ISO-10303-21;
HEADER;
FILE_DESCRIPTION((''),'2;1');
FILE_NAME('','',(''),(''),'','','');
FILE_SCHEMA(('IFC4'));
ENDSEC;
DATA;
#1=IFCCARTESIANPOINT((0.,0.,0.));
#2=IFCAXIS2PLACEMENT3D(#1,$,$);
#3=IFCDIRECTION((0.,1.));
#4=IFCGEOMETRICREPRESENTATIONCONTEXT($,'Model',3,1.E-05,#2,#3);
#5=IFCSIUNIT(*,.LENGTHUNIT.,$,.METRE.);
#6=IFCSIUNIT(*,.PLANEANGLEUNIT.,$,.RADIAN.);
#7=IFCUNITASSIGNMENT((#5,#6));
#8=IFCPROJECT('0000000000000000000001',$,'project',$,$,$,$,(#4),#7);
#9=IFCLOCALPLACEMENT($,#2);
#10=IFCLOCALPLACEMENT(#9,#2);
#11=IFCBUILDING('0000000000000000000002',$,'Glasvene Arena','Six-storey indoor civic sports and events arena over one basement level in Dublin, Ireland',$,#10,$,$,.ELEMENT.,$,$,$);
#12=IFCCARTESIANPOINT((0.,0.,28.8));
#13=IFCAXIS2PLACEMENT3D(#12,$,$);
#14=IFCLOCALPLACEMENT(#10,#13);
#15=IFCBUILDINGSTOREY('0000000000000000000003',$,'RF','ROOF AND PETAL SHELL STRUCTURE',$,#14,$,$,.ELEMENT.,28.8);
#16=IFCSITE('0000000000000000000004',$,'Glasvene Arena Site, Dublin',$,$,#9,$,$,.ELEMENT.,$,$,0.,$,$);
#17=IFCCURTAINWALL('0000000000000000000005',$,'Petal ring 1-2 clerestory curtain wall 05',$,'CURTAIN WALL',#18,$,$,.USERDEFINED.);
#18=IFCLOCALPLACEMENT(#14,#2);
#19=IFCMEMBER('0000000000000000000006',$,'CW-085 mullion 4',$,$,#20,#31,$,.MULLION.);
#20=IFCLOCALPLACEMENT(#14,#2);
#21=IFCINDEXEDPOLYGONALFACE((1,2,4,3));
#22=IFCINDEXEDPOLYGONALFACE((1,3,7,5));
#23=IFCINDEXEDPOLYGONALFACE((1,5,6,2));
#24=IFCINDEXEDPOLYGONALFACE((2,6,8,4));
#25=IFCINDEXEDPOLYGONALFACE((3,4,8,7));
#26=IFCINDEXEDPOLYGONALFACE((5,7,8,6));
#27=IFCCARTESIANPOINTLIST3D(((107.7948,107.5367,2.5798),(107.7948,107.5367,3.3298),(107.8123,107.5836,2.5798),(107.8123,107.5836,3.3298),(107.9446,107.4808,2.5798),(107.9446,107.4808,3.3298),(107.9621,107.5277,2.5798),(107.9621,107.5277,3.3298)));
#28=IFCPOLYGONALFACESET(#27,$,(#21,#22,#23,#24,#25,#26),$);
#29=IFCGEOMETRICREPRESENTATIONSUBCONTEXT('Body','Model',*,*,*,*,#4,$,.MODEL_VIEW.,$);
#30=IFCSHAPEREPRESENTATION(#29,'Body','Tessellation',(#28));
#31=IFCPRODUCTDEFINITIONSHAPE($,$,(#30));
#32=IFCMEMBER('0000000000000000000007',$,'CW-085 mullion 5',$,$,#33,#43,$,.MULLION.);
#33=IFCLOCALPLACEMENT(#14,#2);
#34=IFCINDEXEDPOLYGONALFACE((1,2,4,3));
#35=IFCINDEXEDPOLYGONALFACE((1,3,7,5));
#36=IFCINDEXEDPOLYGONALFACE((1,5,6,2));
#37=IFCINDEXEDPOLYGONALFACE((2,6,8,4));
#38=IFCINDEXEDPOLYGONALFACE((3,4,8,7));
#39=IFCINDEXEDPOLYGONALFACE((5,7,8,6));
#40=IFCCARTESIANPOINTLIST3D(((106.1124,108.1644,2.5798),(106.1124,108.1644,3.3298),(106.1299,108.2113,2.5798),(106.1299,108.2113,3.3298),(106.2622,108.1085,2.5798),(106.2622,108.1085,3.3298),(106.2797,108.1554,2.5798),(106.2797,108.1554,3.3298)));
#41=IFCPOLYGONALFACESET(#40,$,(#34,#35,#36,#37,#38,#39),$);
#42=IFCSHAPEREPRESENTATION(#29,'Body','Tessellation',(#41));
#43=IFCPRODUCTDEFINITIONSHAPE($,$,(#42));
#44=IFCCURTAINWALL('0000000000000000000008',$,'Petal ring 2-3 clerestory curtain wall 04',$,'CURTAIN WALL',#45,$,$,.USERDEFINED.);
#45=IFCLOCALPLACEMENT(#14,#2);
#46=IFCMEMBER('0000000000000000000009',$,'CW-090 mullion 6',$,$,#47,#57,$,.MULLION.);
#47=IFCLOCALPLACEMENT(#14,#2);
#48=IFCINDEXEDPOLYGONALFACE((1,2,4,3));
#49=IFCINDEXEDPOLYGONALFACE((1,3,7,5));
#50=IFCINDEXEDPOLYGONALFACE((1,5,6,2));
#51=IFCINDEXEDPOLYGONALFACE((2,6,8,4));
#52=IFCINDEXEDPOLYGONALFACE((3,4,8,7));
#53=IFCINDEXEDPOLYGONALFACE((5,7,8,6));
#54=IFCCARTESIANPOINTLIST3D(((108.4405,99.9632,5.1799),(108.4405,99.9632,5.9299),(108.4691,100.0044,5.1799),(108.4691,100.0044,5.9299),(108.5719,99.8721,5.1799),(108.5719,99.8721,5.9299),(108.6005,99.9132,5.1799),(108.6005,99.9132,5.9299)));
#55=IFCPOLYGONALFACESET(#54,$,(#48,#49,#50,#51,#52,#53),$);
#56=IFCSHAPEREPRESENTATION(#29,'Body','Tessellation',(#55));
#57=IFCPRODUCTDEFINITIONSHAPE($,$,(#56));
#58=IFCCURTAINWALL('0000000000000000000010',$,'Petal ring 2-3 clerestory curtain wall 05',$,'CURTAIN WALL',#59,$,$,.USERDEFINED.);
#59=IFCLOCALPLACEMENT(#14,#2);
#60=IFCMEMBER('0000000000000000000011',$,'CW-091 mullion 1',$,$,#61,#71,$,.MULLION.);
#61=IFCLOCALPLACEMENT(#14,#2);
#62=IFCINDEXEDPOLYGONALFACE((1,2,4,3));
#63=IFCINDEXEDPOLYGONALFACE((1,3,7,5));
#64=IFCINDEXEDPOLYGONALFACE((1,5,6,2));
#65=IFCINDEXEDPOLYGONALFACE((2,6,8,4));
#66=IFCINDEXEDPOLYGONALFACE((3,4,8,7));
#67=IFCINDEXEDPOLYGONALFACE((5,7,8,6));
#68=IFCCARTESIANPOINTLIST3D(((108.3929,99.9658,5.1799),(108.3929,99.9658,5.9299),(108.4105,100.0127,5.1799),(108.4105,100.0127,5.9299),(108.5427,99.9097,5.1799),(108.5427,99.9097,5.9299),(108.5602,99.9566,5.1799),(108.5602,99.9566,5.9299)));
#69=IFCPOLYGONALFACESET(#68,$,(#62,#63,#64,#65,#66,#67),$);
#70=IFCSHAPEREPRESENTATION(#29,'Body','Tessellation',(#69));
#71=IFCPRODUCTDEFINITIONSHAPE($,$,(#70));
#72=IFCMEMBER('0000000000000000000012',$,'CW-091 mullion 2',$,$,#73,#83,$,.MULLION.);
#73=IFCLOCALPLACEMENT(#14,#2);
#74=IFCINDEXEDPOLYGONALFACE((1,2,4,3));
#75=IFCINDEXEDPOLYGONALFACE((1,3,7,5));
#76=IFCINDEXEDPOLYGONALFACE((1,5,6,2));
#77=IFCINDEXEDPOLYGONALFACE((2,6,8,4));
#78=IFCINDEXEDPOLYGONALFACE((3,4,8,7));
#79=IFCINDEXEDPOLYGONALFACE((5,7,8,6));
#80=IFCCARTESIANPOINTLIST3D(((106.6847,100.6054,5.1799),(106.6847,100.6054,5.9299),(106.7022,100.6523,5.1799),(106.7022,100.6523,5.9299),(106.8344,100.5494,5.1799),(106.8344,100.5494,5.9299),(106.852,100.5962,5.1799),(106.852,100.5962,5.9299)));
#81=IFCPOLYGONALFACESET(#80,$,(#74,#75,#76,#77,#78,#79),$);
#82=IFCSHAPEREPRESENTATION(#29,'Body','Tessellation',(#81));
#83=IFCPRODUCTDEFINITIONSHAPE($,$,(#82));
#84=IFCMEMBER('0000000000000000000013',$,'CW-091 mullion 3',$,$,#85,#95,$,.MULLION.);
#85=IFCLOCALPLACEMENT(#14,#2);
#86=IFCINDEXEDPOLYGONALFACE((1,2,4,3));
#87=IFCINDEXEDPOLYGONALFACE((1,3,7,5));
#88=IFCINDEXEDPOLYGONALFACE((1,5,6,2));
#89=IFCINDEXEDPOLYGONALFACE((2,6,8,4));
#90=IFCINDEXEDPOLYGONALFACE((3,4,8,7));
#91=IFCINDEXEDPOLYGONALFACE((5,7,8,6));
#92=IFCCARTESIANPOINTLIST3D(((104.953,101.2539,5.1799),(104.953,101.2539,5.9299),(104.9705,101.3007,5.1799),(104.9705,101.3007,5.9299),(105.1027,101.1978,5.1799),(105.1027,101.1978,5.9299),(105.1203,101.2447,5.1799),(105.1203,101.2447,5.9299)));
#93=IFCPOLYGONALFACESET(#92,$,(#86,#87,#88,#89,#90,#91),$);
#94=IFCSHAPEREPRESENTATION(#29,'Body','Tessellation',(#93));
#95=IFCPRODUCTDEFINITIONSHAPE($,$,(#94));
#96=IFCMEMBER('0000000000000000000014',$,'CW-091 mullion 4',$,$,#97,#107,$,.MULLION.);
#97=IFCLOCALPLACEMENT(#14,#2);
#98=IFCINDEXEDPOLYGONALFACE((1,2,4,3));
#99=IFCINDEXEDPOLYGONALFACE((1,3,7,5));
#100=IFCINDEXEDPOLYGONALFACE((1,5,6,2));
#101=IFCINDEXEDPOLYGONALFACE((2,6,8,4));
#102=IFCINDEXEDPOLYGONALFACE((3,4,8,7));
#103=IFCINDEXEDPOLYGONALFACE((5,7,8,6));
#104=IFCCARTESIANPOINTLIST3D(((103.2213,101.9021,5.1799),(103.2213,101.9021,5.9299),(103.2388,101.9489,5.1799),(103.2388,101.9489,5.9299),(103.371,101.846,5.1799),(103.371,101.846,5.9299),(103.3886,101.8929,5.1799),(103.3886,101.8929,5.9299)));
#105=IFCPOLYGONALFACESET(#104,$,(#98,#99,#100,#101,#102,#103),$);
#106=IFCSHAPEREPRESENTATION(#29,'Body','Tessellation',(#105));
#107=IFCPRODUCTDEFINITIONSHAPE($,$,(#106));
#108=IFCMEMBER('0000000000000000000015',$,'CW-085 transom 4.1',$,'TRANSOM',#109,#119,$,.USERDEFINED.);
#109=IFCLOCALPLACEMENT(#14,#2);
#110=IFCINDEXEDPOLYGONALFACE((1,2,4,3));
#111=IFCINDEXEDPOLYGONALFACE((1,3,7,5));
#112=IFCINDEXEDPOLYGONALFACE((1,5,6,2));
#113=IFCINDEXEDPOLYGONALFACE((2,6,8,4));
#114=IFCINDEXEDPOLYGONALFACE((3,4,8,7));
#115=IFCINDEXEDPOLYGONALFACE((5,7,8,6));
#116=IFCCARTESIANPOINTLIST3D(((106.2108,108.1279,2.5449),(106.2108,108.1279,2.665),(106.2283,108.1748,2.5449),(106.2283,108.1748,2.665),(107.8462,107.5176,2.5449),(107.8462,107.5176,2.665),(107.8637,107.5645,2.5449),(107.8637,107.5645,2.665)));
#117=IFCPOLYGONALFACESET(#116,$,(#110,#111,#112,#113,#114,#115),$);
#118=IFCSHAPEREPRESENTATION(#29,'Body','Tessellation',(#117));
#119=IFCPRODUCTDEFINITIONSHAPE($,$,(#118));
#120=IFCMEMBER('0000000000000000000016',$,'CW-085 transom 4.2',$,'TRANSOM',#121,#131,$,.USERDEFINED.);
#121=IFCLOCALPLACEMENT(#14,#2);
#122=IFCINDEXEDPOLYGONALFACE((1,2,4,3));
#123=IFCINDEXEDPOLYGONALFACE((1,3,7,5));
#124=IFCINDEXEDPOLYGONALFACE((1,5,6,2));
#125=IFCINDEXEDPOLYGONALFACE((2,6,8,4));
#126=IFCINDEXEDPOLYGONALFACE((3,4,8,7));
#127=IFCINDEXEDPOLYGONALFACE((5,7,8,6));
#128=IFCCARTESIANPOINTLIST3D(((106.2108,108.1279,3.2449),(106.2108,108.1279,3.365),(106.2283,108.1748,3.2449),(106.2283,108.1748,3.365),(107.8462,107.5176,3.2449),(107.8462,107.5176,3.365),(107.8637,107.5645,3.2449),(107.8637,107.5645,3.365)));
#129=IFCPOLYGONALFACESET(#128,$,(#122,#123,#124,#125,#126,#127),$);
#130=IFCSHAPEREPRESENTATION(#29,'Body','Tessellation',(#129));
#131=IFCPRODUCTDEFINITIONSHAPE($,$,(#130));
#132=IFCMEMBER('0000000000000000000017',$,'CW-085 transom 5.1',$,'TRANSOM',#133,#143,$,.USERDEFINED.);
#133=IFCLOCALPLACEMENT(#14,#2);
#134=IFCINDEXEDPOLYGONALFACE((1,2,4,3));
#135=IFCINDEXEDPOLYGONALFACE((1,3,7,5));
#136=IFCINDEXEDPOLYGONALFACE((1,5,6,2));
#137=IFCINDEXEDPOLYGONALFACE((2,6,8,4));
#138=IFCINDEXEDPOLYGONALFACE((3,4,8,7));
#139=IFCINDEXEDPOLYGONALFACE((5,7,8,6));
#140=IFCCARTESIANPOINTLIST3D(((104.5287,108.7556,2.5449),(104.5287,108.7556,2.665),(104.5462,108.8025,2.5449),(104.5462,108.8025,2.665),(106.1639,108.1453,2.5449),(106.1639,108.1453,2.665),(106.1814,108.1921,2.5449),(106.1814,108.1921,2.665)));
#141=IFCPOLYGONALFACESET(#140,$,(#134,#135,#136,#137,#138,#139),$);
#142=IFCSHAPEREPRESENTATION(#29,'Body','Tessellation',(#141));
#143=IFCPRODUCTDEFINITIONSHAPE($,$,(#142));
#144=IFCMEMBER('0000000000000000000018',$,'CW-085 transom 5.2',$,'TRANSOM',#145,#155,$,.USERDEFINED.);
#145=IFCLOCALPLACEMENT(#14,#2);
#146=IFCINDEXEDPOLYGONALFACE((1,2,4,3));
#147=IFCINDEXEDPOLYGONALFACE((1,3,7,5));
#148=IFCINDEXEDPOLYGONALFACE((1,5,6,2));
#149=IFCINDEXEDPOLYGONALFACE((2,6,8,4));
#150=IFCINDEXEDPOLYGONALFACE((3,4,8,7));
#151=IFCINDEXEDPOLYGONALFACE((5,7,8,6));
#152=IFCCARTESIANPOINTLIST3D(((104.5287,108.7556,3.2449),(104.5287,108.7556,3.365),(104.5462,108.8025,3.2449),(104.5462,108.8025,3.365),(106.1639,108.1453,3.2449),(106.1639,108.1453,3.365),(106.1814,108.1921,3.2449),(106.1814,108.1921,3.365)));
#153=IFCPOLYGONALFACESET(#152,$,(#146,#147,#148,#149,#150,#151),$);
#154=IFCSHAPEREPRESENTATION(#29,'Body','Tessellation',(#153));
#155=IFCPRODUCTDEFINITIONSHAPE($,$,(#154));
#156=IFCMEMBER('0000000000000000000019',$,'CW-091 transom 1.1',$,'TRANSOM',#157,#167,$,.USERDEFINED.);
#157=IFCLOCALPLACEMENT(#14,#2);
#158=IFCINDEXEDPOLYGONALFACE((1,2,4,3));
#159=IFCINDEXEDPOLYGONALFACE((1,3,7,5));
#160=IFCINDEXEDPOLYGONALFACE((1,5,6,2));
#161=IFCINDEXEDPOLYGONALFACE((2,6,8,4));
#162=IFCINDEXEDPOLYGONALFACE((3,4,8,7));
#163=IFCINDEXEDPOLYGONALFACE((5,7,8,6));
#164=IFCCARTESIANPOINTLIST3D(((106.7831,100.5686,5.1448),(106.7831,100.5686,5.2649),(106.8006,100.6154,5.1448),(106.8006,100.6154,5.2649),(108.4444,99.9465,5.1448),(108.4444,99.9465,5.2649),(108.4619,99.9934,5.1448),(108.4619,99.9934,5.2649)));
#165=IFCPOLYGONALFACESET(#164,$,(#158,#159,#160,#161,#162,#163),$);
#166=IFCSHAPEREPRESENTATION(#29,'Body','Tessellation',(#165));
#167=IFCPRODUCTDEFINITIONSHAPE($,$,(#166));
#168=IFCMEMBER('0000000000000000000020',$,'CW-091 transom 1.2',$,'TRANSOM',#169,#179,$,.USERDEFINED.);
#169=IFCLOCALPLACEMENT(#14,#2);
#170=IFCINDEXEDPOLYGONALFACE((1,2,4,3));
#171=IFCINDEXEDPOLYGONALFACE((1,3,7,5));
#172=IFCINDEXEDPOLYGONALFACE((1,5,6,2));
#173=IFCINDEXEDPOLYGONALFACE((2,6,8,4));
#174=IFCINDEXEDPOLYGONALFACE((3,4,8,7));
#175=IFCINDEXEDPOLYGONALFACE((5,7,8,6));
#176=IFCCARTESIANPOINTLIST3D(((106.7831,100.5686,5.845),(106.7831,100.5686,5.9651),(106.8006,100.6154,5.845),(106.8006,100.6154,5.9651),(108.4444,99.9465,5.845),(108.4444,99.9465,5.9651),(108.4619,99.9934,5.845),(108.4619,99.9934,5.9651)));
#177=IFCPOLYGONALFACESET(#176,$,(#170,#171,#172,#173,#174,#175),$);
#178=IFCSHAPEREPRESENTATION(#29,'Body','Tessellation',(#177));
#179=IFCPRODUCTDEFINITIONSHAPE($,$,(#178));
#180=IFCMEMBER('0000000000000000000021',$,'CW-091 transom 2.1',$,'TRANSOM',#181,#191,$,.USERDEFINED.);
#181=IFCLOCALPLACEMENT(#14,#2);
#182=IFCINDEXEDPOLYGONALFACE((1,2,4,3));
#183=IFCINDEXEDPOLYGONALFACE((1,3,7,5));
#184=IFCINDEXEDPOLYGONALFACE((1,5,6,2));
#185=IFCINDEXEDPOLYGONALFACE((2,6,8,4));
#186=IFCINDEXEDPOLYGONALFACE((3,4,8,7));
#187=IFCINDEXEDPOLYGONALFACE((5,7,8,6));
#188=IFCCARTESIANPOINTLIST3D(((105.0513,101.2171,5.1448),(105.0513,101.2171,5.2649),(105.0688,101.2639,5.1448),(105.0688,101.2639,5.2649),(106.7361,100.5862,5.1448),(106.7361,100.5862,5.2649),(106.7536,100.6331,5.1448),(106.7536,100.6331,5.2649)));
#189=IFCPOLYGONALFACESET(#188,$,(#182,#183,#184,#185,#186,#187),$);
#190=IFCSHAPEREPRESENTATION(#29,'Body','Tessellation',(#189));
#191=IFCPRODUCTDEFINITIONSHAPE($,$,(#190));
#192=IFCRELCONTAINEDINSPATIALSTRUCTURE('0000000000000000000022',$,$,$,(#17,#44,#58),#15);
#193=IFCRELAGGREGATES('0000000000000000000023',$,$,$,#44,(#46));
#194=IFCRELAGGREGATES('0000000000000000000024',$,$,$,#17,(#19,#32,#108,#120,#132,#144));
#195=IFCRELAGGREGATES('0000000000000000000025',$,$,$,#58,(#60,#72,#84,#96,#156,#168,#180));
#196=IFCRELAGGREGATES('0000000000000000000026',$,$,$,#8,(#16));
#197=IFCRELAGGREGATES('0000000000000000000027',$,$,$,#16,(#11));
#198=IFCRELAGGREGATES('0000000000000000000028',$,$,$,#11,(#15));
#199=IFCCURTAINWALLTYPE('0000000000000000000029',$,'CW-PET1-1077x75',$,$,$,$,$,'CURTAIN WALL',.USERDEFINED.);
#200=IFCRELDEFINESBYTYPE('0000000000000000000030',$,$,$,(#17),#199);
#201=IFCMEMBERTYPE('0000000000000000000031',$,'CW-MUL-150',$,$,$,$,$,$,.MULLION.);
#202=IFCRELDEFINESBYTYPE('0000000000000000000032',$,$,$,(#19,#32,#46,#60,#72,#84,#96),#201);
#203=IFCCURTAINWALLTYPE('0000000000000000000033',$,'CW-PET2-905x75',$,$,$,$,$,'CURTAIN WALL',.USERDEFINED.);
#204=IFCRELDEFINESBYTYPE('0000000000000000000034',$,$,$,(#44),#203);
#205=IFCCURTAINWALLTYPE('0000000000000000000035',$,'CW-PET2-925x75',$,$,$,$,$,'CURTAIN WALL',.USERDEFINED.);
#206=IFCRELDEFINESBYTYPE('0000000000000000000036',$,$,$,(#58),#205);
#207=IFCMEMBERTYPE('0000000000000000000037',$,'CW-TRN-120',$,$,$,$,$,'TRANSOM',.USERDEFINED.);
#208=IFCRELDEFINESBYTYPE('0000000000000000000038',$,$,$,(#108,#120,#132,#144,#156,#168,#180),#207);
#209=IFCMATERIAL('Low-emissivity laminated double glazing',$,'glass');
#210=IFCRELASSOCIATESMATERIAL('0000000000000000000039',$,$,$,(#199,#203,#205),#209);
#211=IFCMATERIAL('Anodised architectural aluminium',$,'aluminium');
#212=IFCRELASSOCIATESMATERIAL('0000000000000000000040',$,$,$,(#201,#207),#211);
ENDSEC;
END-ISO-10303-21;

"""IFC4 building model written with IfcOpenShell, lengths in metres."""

from ifc_helpers import new_model, si_unit, direction, frame, origin, origin_2d, place, context, subcontext, project, spatial, rectangle, extrude, material, material_profile, profile_set, type_object, element, aggregate, save


model = new_model("IFC4")

# Units and contexts
model_context = context("Model", 3, precision=1e-05, world=origin(), true_north=direction((0.0, 1.0)))
body_context = subcontext(model_context, "Body", "Model", "MODEL_VIEW")
ifc_project = project(units=[si_unit("LENGTHUNIT", "METRE"), si_unit("PLANEANGLEUNIT", "RADIAN")], contexts=[model_context])

# Site, building, storey
site_placement = place(None, origin())
site = spatial("IfcSite", under=ifc_project, at=site_placement, Name="Glasvene Arena Site, Dublin", CompositionType="ELEMENT", RefElevation=0.0)
building_placement = place(site_placement, origin())
building = spatial("IfcBuilding", under=site, at=building_placement, Name="Glasvene Arena", Description="Six-storey indoor civic sports and events arena over one basement level in Dublin, Ireland", CompositionType="ELEMENT")
storey_placement = place(building_placement, frame((0.0, 0.0, 28.8)))
storey = spatial("IfcBuildingStorey", under=building, at=storey_placement, Name="RF", Description="ROOF AND PETAL SHELL STRUCTURE", CompositionType="ELEMENT", Elevation=28.8)

# Curtain wall, members
ifc_material_1 = material(Name="Low-emissivity laminated double glazing", Category="glass")
curtain_wall_type_1 = type_object("IfcCurtainWallType", Name="CW-PET1-1077x75", ElementType="CURTAIN WALL", PredefinedType="USERDEFINED", material=ifc_material_1)
curtain_wall_1_placement = place(storey_placement, frame((112.925, 105.6492, 0.0)))
curtain_wall_1 = element("IfcCurtainWall", 1, at=curtain_wall_1_placement, inside=storey, type_object=curtain_wall_type_1, Name="Petal ring 1-2 clerestory curtain wall 05", ObjectType="CURTAIN WALL", PredefinedType="USERDEFINED")
ifc_material_2 = material(Name="Anodised architectural aluminium", Category="aluminium")
ifc_material_profile_1 = material_profile(ifc_material_2, rectangle(XDim=0.05, YDim=0.1599, at=origin_2d()), Name="ALU MULLION 50x160")
ifc_profile_set_1 = profile_set([ifc_material_profile_1], Name="Anodised architectural aluminium")
member_type_1 = type_object("IfcMemberType", Name="CW-MUL-150", PredefinedType="MULLION", material=ifc_profile_set_1)
member_1_placement = place(storey_placement, frame((107.8784, 107.5322, 2.5798), z_axis=(0.0, 0.0, 1.0), x_axis=(-0.349591, -0.936902, 0.0)))
member_1 = element("IfcMember", 2, at=member_1_placement, type_object=member_type_1, Name="CW-085 mullion 4", PredefinedType="MULLION", context=body_context, shape_type="SweptSolid", body=[
    extrude(rectangle(XDim=0.05, YDim=0.1599, at=origin_2d()), origin(), (0.0, 0.0, 1.0), 0.75),
])
member_2_placement = place(storey_placement, frame((106.196, 108.1599, 2.5798), z_axis=(0.0, 0.0, 1.0), x_axis=(-0.349591, -0.936902, 0.0)))
member_2 = element("IfcMember", 3, at=member_2_placement, type_object=member_type_1, Name="CW-085 mullion 5", PredefinedType="MULLION", context=body_context, shape_type="SweptSolid", body=[
    extrude(rectangle(XDim=0.05, YDim=0.1599, at=origin_2d()), origin(), (0.0, 0.0, 1.0), 0.75),
])

# Curtain wall, member
curtain_wall_type_2 = type_object("IfcCurtainWallType", Name="CW-PET2-905x75", ElementType="CURTAIN WALL", PredefinedType="USERDEFINED", material=ifc_material_1)
curtain_wall_2_placement = place(storey_placement, frame((115.9351, 94.7957, 0.0)))
curtain_wall_2 = element("IfcCurtainWall", 4, at=curtain_wall_2_placement, inside=storey, type_object=curtain_wall_type_2, Name="Petal ring 2-3 clerestory curtain wall 04", ObjectType="CURTAIN WALL", PredefinedType="USERDEFINED")
member_3_placement = place(storey_placement, frame((108.5205, 99.9382, 5.1799), z_axis=(0.0, 0.0, 1.0), x_axis=(-0.569921, -0.821699, 0.0)))
member_3 = element("IfcMember", 5, at=member_3_placement, type_object=member_type_1, Name="CW-090 mullion 6", PredefinedType="MULLION", context=body_context, shape_type="SweptSolid", body=[
    extrude(rectangle(XDim=0.05, YDim=0.1599, at=origin_2d()), origin(), (0.0, 0.0, 1.0), 0.75),
])
aggregate(curtain_wall_2, [member_3])

# Curtain wall, members
curtain_wall_type_3 = type_object("IfcCurtainWallType", Name="CW-PET2-925x75", ElementType="CURTAIN WALL", PredefinedType="USERDEFINED", material=ifc_material_1)
curtain_wall_3_placement = place(storey_placement, frame((108.5, 99.9524, 0.0)))
curtain_wall_3 = element("IfcCurtainWall", 6, at=curtain_wall_3_placement, inside=storey, type_object=curtain_wall_type_3, Name="Petal ring 2-3 clerestory curtain wall 05", ObjectType="CURTAIN WALL", PredefinedType="USERDEFINED")
member_4_placement = place(storey_placement, frame((108.4766, 99.9612, 5.1799), z_axis=(0.0, 0.0, 1.0), x_axis=(-0.35064, -0.93651, 0.0)))
member_4 = element("IfcMember", 7, at=member_4_placement, type_object=member_type_1, Name="CW-091 mullion 1", PredefinedType="MULLION", context=body_context, shape_type="SweptSolid", body=[
    extrude(rectangle(XDim=0.05, YDim=0.1599, at=origin_2d()), origin(), (0.0, 0.0, 1.0), 0.75),
])
member_5_placement = place(storey_placement, frame((106.7683, 100.6008, 5.1799), z_axis=(0.0, 0.0, 1.0), x_axis=(-0.35064, -0.93651, 0.0)))
member_5 = element("IfcMember", 8, at=member_5_placement, type_object=member_type_1, Name="CW-091 mullion 2", PredefinedType="MULLION", context=body_context, shape_type="SweptSolid", body=[
    extrude(rectangle(XDim=0.05, YDim=0.1599, at=origin_2d()), origin(), (0.0, 0.0, 1.0), 0.75),
])
member_6_placement = place(storey_placement, frame((105.0366, 101.2493, 5.1799), z_axis=(0.0, 0.0, 1.0), x_axis=(-0.35064, -0.93651, 0.0)))
member_6 = element("IfcMember", 9, at=member_6_placement, type_object=member_type_1, Name="CW-091 mullion 3", PredefinedType="MULLION", context=body_context, shape_type="SweptSolid", body=[
    extrude(rectangle(XDim=0.05, YDim=0.1599, at=origin_2d()), origin(), (0.0, 0.0, 1.0), 0.75),
])
member_7_placement = place(storey_placement, frame((103.3049, 101.8975, 5.1799), z_axis=(0.0, 0.0, 1.0), x_axis=(-0.35064, -0.93651, 0.0)))
member_7 = element("IfcMember", 10, at=member_7_placement, type_object=member_type_1, Name="CW-091 mullion 4", PredefinedType="MULLION", context=body_context, shape_type="SweptSolid", body=[
    extrude(rectangle(XDim=0.05, YDim=0.1599, at=origin_2d()), origin(), (0.0, 0.0, 1.0), 0.75),
])

# Members
ifc_material_profile_2 = material_profile(ifc_material_2, rectangle(XDim=0.05, YDim=0.1201, at=origin_2d()), Name="ALU TRANSOM 50x120")
ifc_profile_set_2 = profile_set([ifc_material_profile_2], Name="Anodised architectural aluminium")
member_type_2 = type_object("IfcMemberType", Name="CW-TRN-120", ElementType="TRANSOM", PredefinedType="USERDEFINED", material=ifc_profile_set_2)
member_8_placement = place(storey_placement, frame((107.855, 107.541, 2.605), z_axis=(-0.936885, 0.349636, 0.0), x_axis=(-0.349636, -0.936885, 0.0)))
member_8 = element("IfcMember", 11, at=member_8_placement, type_object=member_type_2, Name="CW-085 transom 4.1", ObjectType="TRANSOM", PredefinedType="USERDEFINED", context=body_context, shape_type="SweptSolid", body=[
    extrude(rectangle(XDim=0.05, YDim=0.1201, at=origin_2d()), origin(), (0.0, 0.0, 1.0), 1.7456),
])
member_9_placement = place(storey_placement, frame((107.855, 107.541, 3.3049), z_axis=(-0.936885, 0.349636, 0.0), x_axis=(-0.349636, -0.936885, 0.0)))
member_9 = element("IfcMember", 12, at=member_9_placement, type_object=member_type_2, Name="CW-085 transom 4.2", ObjectType="TRANSOM", PredefinedType="USERDEFINED", context=body_context, shape_type="SweptSolid", body=[
    extrude(rectangle(XDim=0.05, YDim=0.1201, at=origin_2d()), origin(), (0.0, 0.0, 1.0), 1.7456),
])
member_10_placement = place(storey_placement, frame((106.1726, 108.1687, 2.605), z_axis=(-0.936868, 0.349682, 0.0), x_axis=(-0.349682, -0.936868, 0.0)))
member_10 = element("IfcMember", 13, at=member_10_placement, type_object=member_type_2, Name="CW-085 transom 5.1", ObjectType="TRANSOM", PredefinedType="USERDEFINED", context=body_context, shape_type="SweptSolid", body=[
    extrude(rectangle(XDim=0.05, YDim=0.1201, at=origin_2d()), origin(), (0.0, 0.0, 1.0), 1.7454),
])
member_11_placement = place(storey_placement, frame((106.1726, 108.1687, 3.3049), z_axis=(-0.936868, 0.349682, 0.0), x_axis=(-0.349682, -0.936868, 0.0)))
member_11 = element("IfcMember", 14, at=member_11_placement, type_object=member_type_2, Name="CW-085 transom 5.2", ObjectType="TRANSOM", PredefinedType="USERDEFINED", context=body_context, shape_type="SweptSolid", body=[
    extrude(rectangle(XDim=0.05, YDim=0.1201, at=origin_2d()), origin(), (0.0, 0.0, 1.0), 1.7454),
])
member_12_placement = place(storey_placement, frame((108.4531, 99.97, 5.2048), z_axis=(-0.936504, 0.350656, 0.0), x_axis=(-0.350656, -0.936504, 0.0)))
member_12 = element("IfcMember", 15, at=member_12_placement, type_object=member_type_2, Name="CW-091 transom 1.1", ObjectType="TRANSOM", PredefinedType="USERDEFINED", context=body_context, shape_type="SweptSolid", body=[
    extrude(rectangle(XDim=0.05, YDim=0.1201, at=origin_2d()), origin(), (0.0, 0.0, 1.0), 1.7739),
])
member_13_placement = place(storey_placement, frame((108.4531, 99.97, 5.905), z_axis=(-0.936504, 0.350656, 0.0), x_axis=(-0.350656, -0.936504, 0.0)))
member_13 = element("IfcMember", 16, at=member_13_placement, type_object=member_type_2, Name="CW-091 transom 1.2", ObjectType="TRANSOM", PredefinedType="USERDEFINED", context=body_context, shape_type="SweptSolid", body=[
    extrude(rectangle(XDim=0.05, YDim=0.1201, at=origin_2d()), origin(), (0.0, 0.0, 1.0), 1.7739),
])
member_14_placement = place(storey_placement, frame((106.7449, 100.6096, 5.2048), z_axis=(-0.936502, 0.350662, 0.0), x_axis=(-0.350662, -0.936502, 0.0)))
member_14 = element("IfcMember", 17, at=member_14_placement, type_object=member_type_2, Name="CW-091 transom 2.1", ObjectType="TRANSOM", PredefinedType="USERDEFINED", context=body_context, shape_type="SweptSolid", body=[
    extrude(rectangle(XDim=0.05, YDim=0.1201, at=origin_2d()), origin(), (0.0, 0.0, 1.0), 1.7991),
])

aggregate(curtain_wall_1, [member_1, member_2, member_8, member_9, member_10, member_11])
aggregate(curtain_wall_3, [member_4, member_5, member_6, member_7, member_12, member_13, member_14])

save(model, "model.ifc")
